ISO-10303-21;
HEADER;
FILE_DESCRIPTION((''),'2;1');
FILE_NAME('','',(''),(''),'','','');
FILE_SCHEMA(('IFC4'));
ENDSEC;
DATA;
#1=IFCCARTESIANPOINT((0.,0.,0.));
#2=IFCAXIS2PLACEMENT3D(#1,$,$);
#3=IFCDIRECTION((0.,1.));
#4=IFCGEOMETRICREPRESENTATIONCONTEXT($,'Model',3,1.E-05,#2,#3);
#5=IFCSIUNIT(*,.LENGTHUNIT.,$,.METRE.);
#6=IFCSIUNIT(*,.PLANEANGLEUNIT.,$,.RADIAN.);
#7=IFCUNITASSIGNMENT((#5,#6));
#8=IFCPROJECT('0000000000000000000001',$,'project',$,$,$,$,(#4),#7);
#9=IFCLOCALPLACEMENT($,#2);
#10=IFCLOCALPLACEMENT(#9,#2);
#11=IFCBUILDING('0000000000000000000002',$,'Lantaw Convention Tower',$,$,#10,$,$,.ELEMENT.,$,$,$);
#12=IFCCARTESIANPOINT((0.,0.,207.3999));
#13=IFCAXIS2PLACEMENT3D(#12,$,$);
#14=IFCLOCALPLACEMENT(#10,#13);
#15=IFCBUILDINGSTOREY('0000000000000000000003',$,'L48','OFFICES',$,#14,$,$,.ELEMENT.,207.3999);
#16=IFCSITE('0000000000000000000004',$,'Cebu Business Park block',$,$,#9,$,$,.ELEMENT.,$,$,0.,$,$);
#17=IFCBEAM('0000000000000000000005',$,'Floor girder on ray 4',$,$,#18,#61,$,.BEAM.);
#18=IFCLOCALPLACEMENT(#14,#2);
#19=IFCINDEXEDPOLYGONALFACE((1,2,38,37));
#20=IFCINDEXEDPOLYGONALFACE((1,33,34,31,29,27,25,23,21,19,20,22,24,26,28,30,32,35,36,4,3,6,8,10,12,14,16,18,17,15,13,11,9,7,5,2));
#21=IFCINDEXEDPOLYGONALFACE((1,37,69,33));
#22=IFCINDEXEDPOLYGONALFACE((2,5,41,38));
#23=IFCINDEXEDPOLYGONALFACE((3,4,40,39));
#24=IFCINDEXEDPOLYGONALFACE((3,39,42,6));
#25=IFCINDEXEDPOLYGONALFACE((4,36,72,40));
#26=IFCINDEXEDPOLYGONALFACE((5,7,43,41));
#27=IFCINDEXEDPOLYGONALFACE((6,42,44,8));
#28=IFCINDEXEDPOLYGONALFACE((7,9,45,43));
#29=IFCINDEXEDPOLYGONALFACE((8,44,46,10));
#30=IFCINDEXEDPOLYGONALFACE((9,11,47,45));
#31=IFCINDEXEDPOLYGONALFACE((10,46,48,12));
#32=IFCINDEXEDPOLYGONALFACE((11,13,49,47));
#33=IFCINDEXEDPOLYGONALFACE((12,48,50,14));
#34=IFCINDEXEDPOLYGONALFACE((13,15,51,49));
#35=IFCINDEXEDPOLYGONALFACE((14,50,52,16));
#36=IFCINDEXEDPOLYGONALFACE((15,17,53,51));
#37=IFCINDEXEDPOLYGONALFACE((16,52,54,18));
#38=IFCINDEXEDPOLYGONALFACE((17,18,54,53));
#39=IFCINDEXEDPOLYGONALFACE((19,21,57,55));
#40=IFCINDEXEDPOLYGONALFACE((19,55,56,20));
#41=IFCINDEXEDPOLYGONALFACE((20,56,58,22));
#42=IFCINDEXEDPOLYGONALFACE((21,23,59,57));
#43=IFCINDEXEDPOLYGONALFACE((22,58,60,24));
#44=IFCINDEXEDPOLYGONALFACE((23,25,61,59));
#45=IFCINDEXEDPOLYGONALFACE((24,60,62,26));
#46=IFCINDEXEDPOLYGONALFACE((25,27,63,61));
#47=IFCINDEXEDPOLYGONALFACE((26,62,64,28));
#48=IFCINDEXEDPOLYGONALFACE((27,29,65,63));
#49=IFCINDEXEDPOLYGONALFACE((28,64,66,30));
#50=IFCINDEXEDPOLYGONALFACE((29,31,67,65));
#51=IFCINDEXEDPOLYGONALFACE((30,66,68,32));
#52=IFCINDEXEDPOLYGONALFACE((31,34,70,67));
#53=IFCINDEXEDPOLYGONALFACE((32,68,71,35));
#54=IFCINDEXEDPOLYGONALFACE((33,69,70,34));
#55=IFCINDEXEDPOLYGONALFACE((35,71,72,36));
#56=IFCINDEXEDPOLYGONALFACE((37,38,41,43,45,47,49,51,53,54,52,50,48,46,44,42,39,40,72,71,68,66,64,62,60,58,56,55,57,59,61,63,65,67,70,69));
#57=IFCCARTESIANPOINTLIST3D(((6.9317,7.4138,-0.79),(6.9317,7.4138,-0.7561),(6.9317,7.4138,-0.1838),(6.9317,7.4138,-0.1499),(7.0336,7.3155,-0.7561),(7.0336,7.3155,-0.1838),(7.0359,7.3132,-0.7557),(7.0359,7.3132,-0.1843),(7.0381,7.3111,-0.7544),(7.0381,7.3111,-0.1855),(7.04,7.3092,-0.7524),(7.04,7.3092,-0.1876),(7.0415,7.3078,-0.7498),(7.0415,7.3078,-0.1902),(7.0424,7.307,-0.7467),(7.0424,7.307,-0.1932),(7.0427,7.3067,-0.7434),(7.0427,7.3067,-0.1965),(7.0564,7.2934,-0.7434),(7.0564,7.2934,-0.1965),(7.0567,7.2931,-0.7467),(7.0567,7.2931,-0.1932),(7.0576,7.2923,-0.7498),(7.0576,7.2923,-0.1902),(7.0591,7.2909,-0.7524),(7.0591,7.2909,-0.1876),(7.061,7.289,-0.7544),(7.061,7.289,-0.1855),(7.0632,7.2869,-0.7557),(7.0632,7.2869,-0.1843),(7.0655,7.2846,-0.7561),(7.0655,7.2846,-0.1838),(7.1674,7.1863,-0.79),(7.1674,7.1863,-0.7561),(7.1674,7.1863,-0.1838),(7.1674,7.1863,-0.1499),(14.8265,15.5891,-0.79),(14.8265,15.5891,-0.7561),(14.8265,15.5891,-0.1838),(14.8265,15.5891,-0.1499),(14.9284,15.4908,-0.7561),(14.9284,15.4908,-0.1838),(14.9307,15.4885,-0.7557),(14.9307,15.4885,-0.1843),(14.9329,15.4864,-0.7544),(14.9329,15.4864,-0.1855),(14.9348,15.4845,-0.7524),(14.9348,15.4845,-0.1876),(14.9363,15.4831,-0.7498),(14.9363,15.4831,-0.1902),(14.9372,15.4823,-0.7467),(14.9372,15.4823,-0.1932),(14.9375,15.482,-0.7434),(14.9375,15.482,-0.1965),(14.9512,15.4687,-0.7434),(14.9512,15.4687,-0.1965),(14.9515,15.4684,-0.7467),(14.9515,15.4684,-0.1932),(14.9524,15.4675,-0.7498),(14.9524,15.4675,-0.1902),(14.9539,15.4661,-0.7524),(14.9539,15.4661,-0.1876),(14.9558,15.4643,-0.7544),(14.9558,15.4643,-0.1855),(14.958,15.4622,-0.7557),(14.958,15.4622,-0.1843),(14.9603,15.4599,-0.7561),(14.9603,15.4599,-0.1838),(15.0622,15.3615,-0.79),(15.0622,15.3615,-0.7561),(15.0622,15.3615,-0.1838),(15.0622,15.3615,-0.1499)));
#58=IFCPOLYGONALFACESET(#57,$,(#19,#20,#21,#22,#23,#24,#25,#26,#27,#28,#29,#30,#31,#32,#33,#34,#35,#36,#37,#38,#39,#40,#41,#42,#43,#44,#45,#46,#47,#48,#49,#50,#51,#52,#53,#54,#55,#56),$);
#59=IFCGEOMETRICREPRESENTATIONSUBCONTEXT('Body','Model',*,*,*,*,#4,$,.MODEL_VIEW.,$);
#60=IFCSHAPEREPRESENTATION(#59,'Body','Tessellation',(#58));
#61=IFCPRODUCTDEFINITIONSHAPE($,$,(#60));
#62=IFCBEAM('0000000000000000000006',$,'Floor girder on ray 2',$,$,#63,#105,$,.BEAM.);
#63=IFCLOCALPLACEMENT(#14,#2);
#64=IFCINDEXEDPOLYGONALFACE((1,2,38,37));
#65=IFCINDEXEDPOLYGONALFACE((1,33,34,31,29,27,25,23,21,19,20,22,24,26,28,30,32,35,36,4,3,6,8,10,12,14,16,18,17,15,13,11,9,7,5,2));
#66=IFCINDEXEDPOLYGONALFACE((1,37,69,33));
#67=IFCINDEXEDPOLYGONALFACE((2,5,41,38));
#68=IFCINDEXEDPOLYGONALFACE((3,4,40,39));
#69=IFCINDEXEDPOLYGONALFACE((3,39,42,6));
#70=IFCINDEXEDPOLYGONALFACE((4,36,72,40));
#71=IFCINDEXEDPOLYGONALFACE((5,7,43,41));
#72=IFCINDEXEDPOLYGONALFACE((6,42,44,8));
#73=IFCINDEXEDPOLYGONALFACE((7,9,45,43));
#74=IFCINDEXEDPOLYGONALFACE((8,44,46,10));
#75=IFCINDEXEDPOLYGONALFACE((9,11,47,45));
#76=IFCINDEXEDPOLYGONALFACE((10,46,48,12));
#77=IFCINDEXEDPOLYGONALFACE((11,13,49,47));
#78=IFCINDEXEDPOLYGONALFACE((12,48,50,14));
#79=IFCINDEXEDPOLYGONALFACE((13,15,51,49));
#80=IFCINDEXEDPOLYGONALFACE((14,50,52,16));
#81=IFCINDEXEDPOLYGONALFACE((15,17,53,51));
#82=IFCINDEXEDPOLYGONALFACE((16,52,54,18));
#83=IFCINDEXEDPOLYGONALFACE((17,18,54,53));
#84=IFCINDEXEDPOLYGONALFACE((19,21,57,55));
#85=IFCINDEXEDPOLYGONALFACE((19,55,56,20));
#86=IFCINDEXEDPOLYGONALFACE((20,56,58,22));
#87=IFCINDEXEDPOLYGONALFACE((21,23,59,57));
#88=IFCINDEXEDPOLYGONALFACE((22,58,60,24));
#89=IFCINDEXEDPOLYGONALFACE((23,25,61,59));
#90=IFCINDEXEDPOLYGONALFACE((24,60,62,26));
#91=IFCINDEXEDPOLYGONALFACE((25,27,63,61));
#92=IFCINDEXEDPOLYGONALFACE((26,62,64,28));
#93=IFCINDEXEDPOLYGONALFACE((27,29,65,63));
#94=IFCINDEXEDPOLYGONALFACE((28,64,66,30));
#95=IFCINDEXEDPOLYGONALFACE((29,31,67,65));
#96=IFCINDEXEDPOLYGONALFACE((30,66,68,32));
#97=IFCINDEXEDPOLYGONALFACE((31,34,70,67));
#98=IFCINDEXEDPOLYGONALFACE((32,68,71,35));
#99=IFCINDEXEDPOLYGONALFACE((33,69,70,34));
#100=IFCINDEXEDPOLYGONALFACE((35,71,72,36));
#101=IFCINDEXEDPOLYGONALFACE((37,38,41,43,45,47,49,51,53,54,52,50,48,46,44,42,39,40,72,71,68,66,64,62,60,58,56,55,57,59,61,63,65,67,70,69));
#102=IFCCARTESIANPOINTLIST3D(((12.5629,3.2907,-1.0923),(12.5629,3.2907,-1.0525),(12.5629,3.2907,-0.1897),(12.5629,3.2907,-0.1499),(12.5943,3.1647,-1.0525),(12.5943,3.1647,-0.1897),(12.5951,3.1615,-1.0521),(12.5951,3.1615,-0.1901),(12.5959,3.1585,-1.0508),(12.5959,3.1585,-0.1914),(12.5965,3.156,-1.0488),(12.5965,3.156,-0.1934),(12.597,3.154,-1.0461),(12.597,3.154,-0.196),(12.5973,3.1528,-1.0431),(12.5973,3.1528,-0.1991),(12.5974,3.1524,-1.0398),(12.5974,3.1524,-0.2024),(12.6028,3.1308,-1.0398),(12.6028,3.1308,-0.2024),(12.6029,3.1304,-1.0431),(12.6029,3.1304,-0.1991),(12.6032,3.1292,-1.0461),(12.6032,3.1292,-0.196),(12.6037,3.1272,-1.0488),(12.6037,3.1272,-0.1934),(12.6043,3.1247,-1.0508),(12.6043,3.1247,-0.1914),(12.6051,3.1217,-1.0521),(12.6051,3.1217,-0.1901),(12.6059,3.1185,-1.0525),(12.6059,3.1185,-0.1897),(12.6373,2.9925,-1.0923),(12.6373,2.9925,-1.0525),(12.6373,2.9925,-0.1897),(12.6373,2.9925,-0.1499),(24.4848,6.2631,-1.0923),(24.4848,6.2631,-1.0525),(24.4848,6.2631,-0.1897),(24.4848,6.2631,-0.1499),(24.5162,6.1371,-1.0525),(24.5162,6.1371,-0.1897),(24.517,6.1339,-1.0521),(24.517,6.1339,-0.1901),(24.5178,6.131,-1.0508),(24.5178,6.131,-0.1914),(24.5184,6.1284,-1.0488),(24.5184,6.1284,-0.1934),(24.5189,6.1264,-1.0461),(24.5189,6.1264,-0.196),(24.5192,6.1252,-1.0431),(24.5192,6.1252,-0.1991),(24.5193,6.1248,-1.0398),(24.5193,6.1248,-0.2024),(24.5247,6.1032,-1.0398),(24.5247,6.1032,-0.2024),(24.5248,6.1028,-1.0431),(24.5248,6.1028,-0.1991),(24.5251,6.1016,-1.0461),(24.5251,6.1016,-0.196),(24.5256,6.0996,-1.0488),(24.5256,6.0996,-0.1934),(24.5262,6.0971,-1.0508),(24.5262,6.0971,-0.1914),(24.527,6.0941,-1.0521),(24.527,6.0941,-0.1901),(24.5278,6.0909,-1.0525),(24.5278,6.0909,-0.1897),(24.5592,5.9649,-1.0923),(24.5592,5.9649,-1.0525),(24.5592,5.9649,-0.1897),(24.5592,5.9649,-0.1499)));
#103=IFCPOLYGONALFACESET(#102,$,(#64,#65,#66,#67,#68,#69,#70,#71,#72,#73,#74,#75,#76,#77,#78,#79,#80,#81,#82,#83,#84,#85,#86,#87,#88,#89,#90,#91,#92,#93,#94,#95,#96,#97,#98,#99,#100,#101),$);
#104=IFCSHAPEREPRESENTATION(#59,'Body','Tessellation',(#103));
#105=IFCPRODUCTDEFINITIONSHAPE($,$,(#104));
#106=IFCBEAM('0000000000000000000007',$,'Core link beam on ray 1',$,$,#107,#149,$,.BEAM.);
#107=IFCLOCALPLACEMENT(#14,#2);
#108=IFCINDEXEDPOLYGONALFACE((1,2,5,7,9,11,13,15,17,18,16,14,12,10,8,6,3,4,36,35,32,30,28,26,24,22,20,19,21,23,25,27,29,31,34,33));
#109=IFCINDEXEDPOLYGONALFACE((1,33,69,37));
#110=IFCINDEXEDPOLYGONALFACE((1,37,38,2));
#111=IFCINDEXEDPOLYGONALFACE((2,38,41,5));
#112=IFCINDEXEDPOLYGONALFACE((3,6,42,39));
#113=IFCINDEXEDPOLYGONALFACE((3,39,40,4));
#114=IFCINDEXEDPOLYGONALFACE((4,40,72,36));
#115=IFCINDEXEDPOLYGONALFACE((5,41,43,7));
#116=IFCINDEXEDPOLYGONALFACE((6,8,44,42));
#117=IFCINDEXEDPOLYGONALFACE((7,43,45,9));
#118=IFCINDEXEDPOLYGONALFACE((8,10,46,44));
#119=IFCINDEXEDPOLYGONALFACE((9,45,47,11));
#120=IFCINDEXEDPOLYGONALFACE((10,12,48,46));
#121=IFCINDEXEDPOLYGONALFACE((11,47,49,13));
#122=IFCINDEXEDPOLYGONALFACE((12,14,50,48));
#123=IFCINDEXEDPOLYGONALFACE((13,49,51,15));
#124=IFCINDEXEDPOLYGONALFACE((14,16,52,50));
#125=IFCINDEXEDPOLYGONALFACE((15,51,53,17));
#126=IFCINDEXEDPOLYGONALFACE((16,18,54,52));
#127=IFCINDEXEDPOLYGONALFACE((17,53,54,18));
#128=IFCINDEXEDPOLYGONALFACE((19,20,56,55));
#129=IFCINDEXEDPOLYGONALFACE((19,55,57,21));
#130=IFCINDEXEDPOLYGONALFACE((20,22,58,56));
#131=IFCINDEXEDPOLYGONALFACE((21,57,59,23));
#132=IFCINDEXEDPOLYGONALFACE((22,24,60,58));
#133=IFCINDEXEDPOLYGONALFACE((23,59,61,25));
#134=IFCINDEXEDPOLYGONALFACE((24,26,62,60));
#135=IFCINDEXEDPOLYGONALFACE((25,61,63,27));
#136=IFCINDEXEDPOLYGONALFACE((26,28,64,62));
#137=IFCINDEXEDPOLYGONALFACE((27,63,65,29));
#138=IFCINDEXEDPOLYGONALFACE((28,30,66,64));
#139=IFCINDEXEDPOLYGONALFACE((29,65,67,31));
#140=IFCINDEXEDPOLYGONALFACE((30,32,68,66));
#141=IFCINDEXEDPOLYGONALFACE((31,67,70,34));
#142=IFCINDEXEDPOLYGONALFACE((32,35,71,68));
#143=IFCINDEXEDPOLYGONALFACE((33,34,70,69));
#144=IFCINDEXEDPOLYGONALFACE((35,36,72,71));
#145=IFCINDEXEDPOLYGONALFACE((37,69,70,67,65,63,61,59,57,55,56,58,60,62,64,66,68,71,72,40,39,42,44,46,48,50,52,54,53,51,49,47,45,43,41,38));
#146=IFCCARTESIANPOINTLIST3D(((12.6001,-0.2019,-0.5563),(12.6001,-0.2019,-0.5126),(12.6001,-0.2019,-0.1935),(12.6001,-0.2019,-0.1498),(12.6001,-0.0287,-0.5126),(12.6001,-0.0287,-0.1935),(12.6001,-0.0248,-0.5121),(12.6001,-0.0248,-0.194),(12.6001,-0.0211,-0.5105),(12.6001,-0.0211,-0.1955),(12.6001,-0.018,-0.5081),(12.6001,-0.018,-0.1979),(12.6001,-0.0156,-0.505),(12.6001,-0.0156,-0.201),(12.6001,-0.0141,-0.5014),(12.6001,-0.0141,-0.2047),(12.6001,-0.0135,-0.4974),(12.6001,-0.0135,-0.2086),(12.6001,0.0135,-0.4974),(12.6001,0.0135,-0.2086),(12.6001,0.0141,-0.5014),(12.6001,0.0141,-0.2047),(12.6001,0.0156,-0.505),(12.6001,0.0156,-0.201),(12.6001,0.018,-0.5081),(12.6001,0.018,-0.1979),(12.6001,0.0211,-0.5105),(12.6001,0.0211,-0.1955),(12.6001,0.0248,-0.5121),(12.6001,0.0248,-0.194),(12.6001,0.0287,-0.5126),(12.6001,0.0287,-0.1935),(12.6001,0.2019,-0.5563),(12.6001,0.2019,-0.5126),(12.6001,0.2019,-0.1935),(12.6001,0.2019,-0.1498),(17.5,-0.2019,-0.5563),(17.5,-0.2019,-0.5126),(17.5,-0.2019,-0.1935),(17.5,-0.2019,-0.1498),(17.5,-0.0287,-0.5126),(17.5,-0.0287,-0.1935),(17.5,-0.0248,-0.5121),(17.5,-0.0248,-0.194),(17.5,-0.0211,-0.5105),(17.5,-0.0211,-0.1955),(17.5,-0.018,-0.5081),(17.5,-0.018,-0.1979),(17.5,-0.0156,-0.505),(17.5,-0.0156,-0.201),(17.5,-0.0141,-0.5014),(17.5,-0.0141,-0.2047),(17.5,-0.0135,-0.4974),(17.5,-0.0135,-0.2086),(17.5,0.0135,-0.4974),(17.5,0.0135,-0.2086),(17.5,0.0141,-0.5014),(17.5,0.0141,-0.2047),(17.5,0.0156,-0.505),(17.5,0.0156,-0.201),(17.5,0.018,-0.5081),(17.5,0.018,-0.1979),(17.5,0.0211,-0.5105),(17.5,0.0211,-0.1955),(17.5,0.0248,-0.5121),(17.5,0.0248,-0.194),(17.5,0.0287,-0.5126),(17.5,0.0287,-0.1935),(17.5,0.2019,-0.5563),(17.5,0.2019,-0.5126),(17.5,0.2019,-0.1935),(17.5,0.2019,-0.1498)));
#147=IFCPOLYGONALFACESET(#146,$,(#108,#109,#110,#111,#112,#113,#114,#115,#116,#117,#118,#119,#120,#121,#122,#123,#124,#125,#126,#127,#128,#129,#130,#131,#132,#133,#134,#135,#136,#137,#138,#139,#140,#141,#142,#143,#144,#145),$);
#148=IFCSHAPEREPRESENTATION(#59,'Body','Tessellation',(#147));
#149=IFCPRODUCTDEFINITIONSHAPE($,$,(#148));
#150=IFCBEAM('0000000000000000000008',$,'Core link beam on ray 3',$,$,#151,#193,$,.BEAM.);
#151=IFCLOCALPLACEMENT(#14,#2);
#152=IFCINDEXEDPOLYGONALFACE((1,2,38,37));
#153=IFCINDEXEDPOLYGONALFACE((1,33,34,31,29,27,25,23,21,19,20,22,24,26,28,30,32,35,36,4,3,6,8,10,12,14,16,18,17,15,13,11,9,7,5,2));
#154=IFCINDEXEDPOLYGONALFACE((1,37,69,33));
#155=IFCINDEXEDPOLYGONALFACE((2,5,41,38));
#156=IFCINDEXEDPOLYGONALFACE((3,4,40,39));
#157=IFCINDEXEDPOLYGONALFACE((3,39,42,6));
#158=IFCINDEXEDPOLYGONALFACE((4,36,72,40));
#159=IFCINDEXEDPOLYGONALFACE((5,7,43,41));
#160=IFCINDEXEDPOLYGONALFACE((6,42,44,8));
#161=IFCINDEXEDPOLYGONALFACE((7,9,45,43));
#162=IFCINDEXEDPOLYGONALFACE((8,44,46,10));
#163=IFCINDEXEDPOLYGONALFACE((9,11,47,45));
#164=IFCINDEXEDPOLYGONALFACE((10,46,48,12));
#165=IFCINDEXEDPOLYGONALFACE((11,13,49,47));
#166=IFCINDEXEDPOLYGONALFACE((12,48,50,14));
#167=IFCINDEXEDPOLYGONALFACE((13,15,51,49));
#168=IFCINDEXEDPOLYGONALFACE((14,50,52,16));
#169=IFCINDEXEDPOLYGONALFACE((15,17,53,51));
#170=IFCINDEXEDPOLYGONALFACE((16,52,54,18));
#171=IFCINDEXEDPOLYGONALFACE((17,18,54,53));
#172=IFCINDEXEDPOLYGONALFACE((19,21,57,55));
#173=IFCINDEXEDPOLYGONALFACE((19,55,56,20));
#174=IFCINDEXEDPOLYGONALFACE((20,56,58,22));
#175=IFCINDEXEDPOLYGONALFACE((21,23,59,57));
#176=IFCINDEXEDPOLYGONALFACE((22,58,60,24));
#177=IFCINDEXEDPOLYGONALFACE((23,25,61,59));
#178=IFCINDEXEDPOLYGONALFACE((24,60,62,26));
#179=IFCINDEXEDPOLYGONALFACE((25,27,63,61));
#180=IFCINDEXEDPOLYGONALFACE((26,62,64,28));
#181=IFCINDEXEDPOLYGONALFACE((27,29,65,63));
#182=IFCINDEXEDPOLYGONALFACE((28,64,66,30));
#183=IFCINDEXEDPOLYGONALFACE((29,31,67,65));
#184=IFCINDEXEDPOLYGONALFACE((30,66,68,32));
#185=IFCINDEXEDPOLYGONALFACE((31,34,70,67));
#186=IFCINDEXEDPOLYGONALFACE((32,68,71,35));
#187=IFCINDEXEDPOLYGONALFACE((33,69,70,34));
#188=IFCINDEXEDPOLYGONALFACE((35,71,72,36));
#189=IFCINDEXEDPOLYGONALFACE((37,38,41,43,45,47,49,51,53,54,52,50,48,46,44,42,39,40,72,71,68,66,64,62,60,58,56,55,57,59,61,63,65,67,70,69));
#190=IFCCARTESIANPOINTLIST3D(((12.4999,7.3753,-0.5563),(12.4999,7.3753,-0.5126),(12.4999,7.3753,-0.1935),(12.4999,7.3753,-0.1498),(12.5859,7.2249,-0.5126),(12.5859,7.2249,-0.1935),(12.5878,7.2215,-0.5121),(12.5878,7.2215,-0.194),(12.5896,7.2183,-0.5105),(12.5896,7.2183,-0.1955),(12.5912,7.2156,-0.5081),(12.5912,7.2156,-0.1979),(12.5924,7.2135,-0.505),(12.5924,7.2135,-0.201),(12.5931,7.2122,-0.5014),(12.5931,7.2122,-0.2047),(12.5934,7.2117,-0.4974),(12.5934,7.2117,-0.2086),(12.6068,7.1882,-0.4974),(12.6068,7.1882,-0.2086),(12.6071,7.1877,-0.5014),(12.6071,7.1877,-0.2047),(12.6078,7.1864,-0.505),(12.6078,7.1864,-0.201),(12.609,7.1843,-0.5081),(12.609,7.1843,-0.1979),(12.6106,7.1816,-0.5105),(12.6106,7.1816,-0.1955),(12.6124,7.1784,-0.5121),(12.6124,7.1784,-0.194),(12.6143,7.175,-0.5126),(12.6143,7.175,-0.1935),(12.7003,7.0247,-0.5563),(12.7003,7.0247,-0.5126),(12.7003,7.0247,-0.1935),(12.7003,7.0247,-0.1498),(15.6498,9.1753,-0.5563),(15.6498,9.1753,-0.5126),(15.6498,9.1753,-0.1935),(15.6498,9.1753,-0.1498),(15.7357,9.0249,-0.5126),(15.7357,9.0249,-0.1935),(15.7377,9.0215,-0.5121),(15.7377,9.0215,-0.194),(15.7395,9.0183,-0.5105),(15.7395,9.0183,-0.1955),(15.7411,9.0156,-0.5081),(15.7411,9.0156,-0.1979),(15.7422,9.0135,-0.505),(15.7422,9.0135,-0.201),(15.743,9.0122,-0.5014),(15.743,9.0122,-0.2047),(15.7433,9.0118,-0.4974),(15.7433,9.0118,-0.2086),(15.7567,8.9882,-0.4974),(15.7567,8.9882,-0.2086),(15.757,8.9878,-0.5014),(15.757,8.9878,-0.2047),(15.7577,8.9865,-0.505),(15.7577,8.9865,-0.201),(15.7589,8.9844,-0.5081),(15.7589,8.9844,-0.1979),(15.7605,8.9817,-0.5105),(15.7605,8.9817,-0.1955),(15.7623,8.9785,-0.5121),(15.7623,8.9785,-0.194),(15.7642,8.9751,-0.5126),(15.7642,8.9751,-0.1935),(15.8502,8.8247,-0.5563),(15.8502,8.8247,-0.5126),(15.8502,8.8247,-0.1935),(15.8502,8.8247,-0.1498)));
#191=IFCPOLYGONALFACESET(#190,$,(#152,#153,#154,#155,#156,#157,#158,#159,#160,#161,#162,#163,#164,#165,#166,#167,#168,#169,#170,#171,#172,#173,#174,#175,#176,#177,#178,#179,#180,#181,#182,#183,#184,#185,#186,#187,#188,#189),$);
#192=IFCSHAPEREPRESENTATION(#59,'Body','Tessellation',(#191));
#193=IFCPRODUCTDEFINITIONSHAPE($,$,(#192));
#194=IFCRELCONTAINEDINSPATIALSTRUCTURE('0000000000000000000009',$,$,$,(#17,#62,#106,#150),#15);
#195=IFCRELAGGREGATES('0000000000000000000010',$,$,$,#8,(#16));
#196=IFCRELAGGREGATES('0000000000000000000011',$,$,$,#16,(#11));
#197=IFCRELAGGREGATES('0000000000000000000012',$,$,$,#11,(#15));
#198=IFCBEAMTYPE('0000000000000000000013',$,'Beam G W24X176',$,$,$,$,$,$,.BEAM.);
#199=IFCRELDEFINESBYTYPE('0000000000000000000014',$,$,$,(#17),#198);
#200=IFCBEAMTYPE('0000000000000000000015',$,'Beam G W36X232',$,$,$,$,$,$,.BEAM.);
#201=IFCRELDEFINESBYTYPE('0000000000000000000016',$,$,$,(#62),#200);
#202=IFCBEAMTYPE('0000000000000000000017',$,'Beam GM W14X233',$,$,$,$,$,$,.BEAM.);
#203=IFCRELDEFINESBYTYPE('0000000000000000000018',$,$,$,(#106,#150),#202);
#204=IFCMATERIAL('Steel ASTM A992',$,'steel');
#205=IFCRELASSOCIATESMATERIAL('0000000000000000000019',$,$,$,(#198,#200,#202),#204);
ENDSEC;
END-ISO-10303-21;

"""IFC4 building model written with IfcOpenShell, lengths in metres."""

from ifc_helpers import new_model, si_unit, direction, frame, origin, origin_2d, place, context, subcontext, project, spatial, i_section, extrude, material, material_profile, profile_set, type_object, element, save


model = new_model("IFC4")

# Units and contexts
model_context = context("Model", 3, precision=1e-05, world=origin(), true_north=direction((0.0, 1.0)))
body_context = subcontext(model_context, "Body", "Model", "MODEL_VIEW")
ifc_project = project(units=[si_unit("LENGTHUNIT", "METRE"), si_unit("PLANEANGLEUNIT", "RADIAN")], contexts=[model_context])

# Site, building, storey
site_placement = place(None, origin())
site = spatial("IfcSite", under=ifc_project, at=site_placement, Name="Cebu Business Park block", CompositionType="ELEMENT", RefElevation=0.0)
building_placement = place(site_placement, origin())
building = spatial("IfcBuilding", under=site, at=building_placement, Name="Lantaw Convention Tower", CompositionType="ELEMENT")
storey_placement = place(building_placement, frame((0.0, 0.0, 207.3999)))
storey = spatial("IfcBuildingStorey", under=building, at=storey_placement, Name="L48", Description="OFFICES", CompositionType="ELEMENT", Elevation=207.3999)

# Beams
ifc_material_1 = material(Name="Steel ASTM A992", Category="steel")
ifc_material_profile_1 = material_profile(ifc_material_1, i_section(OverallWidth=0.3276, OverallDepth=0.6401, WebThickness=0.019, FlangeThickness=0.0339, FilletRadius=0.0127, at=origin_2d()), Name="W24X176")
ifc_profile_set_1 = profile_set([ifc_material_profile_1], Name="Steel ASTM A992")
beam_type_1 = type_object("IfcBeamType", Name="Beam G W24X176", PredefinedType="BEAM", material=ifc_profile_set_1)
beam_1_placement = place(storey_placement, frame((7.0496, 7.3, -0.47), z_axis=(0.694658, 0.71934, 0.0), x_axis=(-0.71934, 0.694658, 0.0)))
element("IfcBeam", 1, at=beam_1_placement, inside=storey, type_object=beam_type_1, Name="Floor girder on ray 4", PredefinedType="BEAM", context=body_context, shape_type="SweptSolid", body=[
    extrude(i_section(OverallWidth=0.3276, OverallDepth=0.6401, WebThickness=0.019, FlangeThickness=0.0339, FilletRadius=0.0127, at=origin_2d()), origin(), (0.0, 0.0, 1.0), 11.365),
])
ifc_material_profile_2 = material_profile(ifc_material_1, i_section(OverallWidth=0.3074, OverallDepth=0.9424, WebThickness=0.0222, FlangeThickness=0.0398, FilletRadius=0.0127, at=origin_2d()), Name="W36X232")
ifc_profile_set_2 = profile_set([ifc_material_profile_2], Name="Steel ASTM A992")
beam_type_2 = type_object("IfcBeamType", Name="Beam G W36X232", PredefinedType="BEAM", material=ifc_profile_set_2)
beam_2_placement = place(storey_placement, frame((12.6001, 3.1416, -0.6211), z_axis=(0.970297, 0.241918, 0.0), x_axis=(-0.241918, 0.970297, 0.0)))
element("IfcBeam", 2, at=beam_2_placement, inside=storey, type_object=beam_type_2, Name="Floor girder on ray 2", PredefinedType="BEAM", context=body_context, shape_type="SweptSolid", body=[
    extrude(i_section(OverallWidth=0.3074, OverallDepth=0.9424, WebThickness=0.0222, FlangeThickness=0.0398, FilletRadius=0.0127, at=origin_2d()), origin(), (0.0, 0.0, 1.0), 12.2869),
])
ifc_material_profile_3 = material_profile(ifc_material_1, i_section(OverallWidth=0.4038, OverallDepth=0.4065, WebThickness=0.0271, FlangeThickness=0.0437, FilletRadius=0.0151, at=origin_2d()), Name="W14X233")
ifc_profile_set_3 = profile_set([ifc_material_profile_3], Name="Steel ASTM A992")
beam_type_3 = type_object("IfcBeamType", Name="Beam GM W14X233", PredefinedType="BEAM", material=ifc_profile_set_3)
beam_3_placement = place(storey_placement, frame((12.6001, 0.0, -0.353), z_axis=(1.0, 0.0, 0.0), x_axis=(0.0, 1.0, 0.0)))
element("IfcBeam", 3, at=beam_3_placement, inside=storey, type_object=beam_type_3, Name="Core link beam on ray 1", PredefinedType="BEAM", context=body_context, shape_type="SweptSolid", body=[
    extrude(i_section(OverallWidth=0.4038, OverallDepth=0.4065, WebThickness=0.0271, FlangeThickness=0.0437, FilletRadius=0.0151, at=origin_2d()), origin(), (0.0, 0.0, 1.0), 4.8999),
])
beam_4_placement = place(storey_placement, frame((12.6001, 7.2, -0.353), z_axis=(0.868231, 0.496161, 0.0), x_axis=(-0.496161, 0.868231, 0.0)))
element("IfcBeam", 4, at=beam_4_placement, inside=storey, type_object=beam_type_3, Name="Core link beam on ray 3", PredefinedType="BEAM", context=body_context, shape_type="SweptSolid", body=[
    extrude(i_section(OverallWidth=0.4038, OverallDepth=0.4065, WebThickness=0.0271, FlangeThickness=0.0437, FilletRadius=0.0151, at=origin_2d()), origin(), (0.0, 0.0, 1.0), 3.6279),
])

save(model, "model.ifc")
